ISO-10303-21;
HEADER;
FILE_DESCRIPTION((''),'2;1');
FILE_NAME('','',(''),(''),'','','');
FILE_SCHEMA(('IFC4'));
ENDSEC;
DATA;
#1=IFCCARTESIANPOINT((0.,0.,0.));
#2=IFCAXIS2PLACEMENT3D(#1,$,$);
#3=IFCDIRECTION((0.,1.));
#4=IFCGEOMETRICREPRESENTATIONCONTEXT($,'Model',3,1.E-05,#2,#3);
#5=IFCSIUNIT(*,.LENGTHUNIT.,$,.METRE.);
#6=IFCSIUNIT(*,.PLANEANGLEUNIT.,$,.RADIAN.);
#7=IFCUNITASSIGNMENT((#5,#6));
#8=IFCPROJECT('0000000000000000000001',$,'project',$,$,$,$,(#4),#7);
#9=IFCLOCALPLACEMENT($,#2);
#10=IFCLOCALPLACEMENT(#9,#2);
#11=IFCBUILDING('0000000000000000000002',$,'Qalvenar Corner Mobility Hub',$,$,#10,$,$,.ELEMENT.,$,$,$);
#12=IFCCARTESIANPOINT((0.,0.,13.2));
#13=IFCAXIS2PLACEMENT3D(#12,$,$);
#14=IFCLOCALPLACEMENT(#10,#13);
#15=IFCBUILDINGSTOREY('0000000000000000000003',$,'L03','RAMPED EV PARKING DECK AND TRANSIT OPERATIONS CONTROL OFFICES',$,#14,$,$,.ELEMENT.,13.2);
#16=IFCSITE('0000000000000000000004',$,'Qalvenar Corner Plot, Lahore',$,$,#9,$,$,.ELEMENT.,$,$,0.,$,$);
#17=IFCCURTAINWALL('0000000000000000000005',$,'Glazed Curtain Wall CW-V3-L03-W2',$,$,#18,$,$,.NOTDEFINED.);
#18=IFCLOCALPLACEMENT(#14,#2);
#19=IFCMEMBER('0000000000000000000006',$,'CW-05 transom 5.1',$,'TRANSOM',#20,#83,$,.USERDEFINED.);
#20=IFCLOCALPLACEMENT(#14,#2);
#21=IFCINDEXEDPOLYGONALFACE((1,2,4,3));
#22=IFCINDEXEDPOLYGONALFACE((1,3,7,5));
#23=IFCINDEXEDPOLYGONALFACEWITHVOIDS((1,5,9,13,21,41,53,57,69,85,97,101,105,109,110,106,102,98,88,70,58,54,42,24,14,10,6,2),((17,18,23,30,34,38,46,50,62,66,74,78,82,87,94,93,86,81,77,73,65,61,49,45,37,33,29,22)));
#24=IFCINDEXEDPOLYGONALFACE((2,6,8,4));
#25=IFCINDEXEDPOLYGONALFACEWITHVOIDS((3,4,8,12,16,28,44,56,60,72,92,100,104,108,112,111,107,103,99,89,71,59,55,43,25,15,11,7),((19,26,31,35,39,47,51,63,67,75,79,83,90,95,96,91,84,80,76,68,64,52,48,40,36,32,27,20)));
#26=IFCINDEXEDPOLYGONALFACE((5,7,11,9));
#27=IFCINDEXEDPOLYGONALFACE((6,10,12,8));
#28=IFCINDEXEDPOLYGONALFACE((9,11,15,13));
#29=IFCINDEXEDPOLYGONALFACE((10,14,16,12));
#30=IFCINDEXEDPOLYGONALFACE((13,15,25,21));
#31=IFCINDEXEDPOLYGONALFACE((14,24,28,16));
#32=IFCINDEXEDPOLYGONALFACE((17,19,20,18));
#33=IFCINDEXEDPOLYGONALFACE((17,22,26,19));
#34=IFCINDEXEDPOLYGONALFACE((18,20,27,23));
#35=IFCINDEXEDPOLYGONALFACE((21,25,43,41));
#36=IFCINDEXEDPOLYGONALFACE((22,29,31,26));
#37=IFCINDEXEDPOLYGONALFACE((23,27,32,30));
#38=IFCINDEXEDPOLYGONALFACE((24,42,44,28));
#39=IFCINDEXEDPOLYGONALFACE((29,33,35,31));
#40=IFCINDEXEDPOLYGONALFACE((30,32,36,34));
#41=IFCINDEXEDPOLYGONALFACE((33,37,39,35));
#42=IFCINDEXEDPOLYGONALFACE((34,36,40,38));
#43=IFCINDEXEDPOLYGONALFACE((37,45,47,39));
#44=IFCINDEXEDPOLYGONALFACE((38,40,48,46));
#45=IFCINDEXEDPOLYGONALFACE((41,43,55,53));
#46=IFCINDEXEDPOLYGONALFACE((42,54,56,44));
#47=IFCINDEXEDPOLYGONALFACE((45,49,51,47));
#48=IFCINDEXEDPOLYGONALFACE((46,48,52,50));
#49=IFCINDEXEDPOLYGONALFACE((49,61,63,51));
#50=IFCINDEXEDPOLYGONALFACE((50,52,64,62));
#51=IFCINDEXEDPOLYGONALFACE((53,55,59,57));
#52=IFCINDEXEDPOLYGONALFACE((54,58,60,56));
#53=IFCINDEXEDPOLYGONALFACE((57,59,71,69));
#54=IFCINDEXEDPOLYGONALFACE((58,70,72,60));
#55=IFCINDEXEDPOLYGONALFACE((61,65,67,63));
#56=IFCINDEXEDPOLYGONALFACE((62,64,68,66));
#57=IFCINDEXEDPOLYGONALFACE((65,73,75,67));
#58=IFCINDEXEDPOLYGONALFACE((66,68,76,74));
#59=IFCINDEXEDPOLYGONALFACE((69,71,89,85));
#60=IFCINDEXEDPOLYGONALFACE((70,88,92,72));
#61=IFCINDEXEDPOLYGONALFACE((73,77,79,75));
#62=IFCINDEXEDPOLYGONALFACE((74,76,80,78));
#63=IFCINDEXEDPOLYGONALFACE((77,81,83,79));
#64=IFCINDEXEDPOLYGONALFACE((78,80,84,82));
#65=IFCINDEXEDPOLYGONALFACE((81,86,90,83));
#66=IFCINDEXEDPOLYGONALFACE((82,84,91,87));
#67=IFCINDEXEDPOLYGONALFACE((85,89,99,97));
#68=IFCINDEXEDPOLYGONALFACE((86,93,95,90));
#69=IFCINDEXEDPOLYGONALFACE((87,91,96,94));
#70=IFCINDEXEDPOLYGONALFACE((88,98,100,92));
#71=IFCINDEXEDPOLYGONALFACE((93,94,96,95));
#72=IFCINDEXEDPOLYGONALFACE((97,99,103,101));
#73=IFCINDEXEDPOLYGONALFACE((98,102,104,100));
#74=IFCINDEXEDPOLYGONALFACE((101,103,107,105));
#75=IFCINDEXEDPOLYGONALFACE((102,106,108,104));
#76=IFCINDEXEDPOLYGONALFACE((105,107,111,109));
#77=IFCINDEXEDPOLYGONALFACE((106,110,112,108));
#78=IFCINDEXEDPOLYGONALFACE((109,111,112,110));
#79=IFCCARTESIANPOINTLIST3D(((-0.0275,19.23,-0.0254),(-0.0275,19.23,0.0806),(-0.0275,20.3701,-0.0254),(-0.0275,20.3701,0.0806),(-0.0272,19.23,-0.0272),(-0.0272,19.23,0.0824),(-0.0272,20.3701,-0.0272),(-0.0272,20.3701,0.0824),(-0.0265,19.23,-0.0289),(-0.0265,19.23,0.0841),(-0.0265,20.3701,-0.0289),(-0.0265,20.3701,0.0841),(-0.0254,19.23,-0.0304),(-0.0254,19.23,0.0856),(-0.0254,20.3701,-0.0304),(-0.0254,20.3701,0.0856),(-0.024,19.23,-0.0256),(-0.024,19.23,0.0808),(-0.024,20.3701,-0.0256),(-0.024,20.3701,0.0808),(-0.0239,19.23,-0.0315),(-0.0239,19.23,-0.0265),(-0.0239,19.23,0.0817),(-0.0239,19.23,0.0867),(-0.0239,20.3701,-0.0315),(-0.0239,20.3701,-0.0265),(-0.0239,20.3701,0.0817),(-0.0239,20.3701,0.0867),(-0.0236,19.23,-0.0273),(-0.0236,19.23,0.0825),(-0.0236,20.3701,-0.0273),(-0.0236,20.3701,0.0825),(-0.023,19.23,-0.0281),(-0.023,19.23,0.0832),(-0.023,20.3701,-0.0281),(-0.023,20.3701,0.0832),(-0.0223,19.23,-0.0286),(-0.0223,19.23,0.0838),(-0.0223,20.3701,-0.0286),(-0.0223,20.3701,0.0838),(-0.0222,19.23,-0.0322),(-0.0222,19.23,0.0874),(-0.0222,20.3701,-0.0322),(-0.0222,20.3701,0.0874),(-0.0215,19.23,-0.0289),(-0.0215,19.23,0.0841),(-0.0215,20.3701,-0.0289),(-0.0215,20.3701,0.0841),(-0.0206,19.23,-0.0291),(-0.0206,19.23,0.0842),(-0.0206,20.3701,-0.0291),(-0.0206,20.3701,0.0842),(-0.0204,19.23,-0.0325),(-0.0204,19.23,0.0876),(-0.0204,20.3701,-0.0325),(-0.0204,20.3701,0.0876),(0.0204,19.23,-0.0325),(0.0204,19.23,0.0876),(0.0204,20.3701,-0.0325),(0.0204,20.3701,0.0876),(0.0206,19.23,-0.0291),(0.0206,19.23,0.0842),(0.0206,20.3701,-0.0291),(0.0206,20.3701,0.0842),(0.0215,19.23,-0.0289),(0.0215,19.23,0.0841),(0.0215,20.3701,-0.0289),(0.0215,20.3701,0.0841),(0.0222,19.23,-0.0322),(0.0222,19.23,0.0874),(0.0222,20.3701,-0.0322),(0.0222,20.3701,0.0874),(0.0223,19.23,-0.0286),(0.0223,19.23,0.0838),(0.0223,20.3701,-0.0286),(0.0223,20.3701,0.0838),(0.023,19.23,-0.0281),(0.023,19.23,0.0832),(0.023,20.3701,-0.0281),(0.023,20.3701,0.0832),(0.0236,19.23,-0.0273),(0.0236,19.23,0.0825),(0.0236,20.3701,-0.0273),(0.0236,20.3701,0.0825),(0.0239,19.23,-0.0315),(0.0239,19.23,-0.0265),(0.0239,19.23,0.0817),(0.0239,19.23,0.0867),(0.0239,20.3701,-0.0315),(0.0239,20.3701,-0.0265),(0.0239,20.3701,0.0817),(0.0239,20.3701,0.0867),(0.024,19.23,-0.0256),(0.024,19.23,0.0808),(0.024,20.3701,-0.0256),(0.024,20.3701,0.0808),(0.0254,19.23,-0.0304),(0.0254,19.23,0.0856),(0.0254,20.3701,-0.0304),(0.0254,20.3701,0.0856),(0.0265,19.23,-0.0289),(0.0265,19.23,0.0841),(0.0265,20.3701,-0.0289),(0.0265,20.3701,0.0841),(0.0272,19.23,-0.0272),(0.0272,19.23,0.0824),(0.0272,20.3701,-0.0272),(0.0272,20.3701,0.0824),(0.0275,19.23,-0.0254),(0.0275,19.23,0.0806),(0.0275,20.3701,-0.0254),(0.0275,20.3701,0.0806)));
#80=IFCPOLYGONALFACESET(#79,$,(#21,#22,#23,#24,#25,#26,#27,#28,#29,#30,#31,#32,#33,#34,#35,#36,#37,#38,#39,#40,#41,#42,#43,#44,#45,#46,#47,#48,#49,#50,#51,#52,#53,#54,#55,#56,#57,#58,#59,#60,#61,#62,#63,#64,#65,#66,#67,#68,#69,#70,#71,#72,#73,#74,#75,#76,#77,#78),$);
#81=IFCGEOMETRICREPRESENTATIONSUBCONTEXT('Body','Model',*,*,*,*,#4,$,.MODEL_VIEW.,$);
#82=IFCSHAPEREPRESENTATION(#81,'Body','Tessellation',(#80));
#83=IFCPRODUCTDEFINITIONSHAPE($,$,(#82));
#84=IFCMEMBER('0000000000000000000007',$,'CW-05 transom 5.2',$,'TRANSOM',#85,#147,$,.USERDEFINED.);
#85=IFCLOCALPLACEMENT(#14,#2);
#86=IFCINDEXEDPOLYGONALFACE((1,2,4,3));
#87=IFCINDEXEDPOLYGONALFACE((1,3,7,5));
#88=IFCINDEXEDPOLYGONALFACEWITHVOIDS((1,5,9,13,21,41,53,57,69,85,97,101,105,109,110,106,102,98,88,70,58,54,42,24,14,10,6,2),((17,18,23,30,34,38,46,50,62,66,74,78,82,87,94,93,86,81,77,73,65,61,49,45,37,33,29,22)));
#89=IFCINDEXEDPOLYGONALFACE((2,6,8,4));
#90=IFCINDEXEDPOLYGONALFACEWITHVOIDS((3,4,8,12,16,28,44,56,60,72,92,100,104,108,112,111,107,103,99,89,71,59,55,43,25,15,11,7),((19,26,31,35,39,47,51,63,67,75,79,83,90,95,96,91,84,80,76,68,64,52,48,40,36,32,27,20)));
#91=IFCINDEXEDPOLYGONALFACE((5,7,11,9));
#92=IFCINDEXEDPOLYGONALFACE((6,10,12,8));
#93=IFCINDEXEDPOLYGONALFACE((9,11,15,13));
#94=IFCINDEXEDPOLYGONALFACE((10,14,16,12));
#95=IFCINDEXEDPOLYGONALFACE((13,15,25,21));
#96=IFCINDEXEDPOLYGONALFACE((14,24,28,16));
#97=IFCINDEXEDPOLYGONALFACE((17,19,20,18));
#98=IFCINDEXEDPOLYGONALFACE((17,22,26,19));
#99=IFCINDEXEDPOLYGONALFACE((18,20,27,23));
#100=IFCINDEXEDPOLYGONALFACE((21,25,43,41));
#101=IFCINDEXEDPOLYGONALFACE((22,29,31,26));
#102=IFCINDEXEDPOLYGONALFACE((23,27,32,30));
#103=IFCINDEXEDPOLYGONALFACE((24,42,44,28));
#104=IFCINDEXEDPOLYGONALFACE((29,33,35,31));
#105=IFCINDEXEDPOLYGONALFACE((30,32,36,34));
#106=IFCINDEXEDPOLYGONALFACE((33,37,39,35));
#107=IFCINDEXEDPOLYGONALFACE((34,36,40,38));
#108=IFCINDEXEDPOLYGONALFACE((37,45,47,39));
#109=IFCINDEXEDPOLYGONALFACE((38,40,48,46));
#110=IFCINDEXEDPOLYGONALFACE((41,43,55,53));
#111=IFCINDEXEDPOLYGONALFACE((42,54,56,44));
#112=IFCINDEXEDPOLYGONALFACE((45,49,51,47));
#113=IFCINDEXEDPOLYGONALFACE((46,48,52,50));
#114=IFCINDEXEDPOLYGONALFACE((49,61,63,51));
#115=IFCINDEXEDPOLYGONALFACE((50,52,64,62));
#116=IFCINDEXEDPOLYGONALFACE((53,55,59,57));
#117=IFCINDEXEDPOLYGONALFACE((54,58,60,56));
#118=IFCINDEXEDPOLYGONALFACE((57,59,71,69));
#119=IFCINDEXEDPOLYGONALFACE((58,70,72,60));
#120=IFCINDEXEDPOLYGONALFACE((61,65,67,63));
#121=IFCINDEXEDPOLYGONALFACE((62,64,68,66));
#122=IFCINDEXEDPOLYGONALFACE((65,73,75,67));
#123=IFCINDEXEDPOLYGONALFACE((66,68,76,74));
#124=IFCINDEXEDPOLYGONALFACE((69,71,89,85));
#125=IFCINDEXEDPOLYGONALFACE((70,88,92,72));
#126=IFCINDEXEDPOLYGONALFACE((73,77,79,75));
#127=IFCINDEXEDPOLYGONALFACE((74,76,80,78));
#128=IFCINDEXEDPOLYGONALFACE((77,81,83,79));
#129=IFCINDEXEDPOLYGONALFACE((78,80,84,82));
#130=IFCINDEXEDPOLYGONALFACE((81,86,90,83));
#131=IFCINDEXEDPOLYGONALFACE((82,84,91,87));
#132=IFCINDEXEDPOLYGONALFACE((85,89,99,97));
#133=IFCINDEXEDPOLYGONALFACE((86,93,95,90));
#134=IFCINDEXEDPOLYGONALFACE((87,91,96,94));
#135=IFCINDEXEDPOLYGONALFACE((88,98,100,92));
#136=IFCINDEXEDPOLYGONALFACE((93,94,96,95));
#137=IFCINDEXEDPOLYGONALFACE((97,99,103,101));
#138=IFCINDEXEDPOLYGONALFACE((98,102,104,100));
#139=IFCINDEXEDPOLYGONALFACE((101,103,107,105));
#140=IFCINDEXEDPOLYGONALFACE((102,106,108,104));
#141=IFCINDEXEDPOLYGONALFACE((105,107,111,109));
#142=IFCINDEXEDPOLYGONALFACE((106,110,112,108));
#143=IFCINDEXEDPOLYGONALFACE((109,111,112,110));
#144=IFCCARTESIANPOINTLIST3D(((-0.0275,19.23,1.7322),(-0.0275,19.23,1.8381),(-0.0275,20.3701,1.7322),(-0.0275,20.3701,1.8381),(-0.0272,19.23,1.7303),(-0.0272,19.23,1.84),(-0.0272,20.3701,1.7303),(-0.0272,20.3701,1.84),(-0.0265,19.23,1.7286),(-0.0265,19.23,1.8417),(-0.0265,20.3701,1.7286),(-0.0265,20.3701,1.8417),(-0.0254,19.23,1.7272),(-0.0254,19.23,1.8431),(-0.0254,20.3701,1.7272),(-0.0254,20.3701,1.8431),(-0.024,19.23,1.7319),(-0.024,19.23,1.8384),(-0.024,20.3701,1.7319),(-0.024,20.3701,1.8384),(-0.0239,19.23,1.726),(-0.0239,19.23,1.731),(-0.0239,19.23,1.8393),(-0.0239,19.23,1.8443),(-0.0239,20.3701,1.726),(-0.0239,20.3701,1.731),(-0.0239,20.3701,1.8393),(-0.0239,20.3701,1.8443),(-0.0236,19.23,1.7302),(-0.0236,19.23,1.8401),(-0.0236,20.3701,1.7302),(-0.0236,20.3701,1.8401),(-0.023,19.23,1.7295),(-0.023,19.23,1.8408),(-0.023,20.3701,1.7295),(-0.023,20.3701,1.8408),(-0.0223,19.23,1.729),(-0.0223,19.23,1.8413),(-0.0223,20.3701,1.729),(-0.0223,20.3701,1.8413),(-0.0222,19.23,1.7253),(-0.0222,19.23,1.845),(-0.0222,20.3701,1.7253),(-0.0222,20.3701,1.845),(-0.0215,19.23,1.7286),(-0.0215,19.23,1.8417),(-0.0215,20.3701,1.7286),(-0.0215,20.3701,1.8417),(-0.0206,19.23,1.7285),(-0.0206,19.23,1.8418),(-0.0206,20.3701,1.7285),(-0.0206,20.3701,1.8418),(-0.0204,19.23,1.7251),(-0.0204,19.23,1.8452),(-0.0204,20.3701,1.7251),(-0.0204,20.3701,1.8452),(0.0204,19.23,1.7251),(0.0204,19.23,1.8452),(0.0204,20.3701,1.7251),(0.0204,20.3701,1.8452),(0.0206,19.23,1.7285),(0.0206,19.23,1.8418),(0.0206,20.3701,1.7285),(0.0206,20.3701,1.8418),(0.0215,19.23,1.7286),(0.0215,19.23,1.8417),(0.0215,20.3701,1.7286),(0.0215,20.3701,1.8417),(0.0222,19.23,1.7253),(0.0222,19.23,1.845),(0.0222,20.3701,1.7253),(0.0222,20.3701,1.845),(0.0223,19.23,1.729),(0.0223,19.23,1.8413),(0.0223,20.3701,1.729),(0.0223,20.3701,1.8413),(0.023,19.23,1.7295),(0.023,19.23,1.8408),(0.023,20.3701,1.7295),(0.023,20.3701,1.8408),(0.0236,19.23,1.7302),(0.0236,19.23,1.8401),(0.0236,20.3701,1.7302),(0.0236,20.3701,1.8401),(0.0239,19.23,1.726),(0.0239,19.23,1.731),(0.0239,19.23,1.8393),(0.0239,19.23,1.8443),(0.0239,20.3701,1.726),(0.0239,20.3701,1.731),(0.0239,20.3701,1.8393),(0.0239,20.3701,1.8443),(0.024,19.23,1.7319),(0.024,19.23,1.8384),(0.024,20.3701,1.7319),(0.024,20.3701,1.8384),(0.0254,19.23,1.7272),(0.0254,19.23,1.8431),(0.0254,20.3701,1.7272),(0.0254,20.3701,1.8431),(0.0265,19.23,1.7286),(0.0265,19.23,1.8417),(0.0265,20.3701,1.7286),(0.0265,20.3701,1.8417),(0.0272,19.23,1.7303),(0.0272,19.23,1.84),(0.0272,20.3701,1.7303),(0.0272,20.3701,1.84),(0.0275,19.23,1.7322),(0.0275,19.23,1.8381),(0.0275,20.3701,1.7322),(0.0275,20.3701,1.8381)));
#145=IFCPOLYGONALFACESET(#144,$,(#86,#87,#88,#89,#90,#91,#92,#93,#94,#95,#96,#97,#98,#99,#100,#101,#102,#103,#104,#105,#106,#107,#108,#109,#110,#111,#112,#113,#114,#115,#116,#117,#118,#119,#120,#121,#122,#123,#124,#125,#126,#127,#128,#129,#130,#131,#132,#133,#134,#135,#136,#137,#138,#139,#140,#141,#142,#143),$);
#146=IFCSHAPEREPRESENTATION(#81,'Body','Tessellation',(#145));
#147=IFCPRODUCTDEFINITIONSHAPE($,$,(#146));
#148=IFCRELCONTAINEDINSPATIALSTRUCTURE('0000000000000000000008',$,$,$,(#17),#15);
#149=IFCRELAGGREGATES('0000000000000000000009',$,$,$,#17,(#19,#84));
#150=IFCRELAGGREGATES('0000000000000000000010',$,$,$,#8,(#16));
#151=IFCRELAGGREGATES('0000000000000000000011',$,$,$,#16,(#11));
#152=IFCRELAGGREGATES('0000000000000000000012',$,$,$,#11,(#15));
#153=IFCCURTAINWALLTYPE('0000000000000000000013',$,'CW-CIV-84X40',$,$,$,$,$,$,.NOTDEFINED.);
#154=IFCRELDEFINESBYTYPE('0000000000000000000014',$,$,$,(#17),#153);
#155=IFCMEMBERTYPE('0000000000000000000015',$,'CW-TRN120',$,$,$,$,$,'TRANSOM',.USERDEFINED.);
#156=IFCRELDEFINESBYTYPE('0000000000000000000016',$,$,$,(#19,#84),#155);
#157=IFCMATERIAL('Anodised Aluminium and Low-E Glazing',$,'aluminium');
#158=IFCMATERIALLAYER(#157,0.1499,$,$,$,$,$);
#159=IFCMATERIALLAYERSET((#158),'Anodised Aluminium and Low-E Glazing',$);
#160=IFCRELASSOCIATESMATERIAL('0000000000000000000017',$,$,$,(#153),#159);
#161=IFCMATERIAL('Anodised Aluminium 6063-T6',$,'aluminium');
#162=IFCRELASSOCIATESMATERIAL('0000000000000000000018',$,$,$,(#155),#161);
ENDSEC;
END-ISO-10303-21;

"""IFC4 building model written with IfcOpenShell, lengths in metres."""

from ifc_helpers import new_model, si_unit, direction, frame, origin, origin_2d, place, context, subcontext, project, spatial, hollow_rectangle, extrude, material, layer, layer_set, material_profile, profile_set, type_object, element, aggregate, save


model = new_model("IFC4")

# Units and contexts
model_context = context("Model", 3, precision=1e-05, world=origin(), true_north=direction((0.0, 1.0)))
body_context = subcontext(model_context, "Body", "Model", "MODEL_VIEW")
ifc_project = project(units=[si_unit("LENGTHUNIT", "METRE"), si_unit("PLANEANGLEUNIT", "RADIAN")], contexts=[model_context])

# Site, building, storey
site_placement = place(None, origin())
site = spatial("IfcSite", under=ifc_project, at=site_placement, Name="Qalvenar Corner Plot, Lahore", CompositionType="ELEMENT", RefElevation=0.0)
building_placement = place(site_placement, origin())
building = spatial("IfcBuilding", under=site, at=building_placement, Name="Qalvenar Corner Mobility Hub", CompositionType="ELEMENT")
storey_placement = place(building_placement, frame((0.0, 0.0, 13.2)))
storey = spatial("IfcBuildingStorey", under=building, at=storey_placement, Name="L03", Description="RAMPED EV PARKING DECK AND TRANSIT OPERATIONS CONTROL OFFICES", CompositionType="ELEMENT", Elevation=13.2)

# Curtain wall, members
ifc_material_1 = material(Name="Anodised Aluminium and Low-E Glazing", Category="aluminium")
ifc_layer_1 = layer(ifc_material_1, 0.1499)
ifc_layer_set_1 = layer_set([ifc_layer_1], Name="Anodised Aluminium and Low-E Glazing")
curtain_wall_type = type_object("IfcCurtainWallType", Name="CW-CIV-84X40", PredefinedType="NOTDEFINED", material=ifc_layer_set_1)
curtain_wall_placement = place(storey_placement, origin())
curtain_wall = element("IfcCurtainWall", 1, at=curtain_wall_placement, inside=storey, type_object=curtain_wall_type, Name="Glazed Curtain Wall CW-V3-L03-W2", PredefinedType="NOTDEFINED")
ifc_material_2 = material(Name="Anodised Aluminium 6063-T6", Category="aluminium")
ifc_material_profile_1 = material_profile(ifc_material_2, hollow_rectangle(XDim=0.0549, YDim=0.1201, WallThickness=0.0034, InnerFilletRadius=0.0034, OuterFilletRadius=0.0071, at=origin_2d()), Name="RHS120x55x3.5")
ifc_profile_set_1 = profile_set([ifc_material_profile_1], Name="Anodised Aluminium 6063-T6")
member_type_1 = type_object("IfcMemberType", Name="CW-TRN120", ElementType="TRANSOM", PredefinedType="USERDEFINED", material=ifc_profile_set_1)
member_1_placement = place(storey_placement, frame((0.0, 20.3701, 0.0276), z_axis=(0.0, -1.0, 0.0), x_axis=(1.0, 0.0, 0.0)))
member_1 = element("IfcMember", 2, at=member_1_placement, type_object=member_type_1, Name="CW-05 transom 5.1", ObjectType="TRANSOM", PredefinedType="USERDEFINED", context=body_context, shape_type="SweptSolid", body=[
    extrude(hollow_rectangle(XDim=0.0549, YDim=0.1201, WallThickness=0.0034, InnerFilletRadius=0.0034, OuterFilletRadius=0.0071, at=origin_2d()), origin(), (0.0, 0.0, 1.0), 1.1401),
])
member_2_placement = place(storey_placement, frame((0.0, 20.3701, 1.7852), z_axis=(0.0, -1.0, 0.0), x_axis=(1.0, 0.0, 0.0)))
member_2 = element("IfcMember", 3, at=member_2_placement, type_object=member_type_1, Name="CW-05 transom 5.2", ObjectType="TRANSOM", PredefinedType="USERDEFINED", context=body_context, shape_type="SweptSolid", body=[
    extrude(hollow_rectangle(XDim=0.0549, YDim=0.1201, WallThickness=0.0034, InnerFilletRadius=0.0034, OuterFilletRadius=0.0071, at=origin_2d()), origin(), (0.0, 0.0, 1.0), 1.1401),
])
aggregate(curtain_wall, [member_1, member_2])

save(model, "model.ifc")
